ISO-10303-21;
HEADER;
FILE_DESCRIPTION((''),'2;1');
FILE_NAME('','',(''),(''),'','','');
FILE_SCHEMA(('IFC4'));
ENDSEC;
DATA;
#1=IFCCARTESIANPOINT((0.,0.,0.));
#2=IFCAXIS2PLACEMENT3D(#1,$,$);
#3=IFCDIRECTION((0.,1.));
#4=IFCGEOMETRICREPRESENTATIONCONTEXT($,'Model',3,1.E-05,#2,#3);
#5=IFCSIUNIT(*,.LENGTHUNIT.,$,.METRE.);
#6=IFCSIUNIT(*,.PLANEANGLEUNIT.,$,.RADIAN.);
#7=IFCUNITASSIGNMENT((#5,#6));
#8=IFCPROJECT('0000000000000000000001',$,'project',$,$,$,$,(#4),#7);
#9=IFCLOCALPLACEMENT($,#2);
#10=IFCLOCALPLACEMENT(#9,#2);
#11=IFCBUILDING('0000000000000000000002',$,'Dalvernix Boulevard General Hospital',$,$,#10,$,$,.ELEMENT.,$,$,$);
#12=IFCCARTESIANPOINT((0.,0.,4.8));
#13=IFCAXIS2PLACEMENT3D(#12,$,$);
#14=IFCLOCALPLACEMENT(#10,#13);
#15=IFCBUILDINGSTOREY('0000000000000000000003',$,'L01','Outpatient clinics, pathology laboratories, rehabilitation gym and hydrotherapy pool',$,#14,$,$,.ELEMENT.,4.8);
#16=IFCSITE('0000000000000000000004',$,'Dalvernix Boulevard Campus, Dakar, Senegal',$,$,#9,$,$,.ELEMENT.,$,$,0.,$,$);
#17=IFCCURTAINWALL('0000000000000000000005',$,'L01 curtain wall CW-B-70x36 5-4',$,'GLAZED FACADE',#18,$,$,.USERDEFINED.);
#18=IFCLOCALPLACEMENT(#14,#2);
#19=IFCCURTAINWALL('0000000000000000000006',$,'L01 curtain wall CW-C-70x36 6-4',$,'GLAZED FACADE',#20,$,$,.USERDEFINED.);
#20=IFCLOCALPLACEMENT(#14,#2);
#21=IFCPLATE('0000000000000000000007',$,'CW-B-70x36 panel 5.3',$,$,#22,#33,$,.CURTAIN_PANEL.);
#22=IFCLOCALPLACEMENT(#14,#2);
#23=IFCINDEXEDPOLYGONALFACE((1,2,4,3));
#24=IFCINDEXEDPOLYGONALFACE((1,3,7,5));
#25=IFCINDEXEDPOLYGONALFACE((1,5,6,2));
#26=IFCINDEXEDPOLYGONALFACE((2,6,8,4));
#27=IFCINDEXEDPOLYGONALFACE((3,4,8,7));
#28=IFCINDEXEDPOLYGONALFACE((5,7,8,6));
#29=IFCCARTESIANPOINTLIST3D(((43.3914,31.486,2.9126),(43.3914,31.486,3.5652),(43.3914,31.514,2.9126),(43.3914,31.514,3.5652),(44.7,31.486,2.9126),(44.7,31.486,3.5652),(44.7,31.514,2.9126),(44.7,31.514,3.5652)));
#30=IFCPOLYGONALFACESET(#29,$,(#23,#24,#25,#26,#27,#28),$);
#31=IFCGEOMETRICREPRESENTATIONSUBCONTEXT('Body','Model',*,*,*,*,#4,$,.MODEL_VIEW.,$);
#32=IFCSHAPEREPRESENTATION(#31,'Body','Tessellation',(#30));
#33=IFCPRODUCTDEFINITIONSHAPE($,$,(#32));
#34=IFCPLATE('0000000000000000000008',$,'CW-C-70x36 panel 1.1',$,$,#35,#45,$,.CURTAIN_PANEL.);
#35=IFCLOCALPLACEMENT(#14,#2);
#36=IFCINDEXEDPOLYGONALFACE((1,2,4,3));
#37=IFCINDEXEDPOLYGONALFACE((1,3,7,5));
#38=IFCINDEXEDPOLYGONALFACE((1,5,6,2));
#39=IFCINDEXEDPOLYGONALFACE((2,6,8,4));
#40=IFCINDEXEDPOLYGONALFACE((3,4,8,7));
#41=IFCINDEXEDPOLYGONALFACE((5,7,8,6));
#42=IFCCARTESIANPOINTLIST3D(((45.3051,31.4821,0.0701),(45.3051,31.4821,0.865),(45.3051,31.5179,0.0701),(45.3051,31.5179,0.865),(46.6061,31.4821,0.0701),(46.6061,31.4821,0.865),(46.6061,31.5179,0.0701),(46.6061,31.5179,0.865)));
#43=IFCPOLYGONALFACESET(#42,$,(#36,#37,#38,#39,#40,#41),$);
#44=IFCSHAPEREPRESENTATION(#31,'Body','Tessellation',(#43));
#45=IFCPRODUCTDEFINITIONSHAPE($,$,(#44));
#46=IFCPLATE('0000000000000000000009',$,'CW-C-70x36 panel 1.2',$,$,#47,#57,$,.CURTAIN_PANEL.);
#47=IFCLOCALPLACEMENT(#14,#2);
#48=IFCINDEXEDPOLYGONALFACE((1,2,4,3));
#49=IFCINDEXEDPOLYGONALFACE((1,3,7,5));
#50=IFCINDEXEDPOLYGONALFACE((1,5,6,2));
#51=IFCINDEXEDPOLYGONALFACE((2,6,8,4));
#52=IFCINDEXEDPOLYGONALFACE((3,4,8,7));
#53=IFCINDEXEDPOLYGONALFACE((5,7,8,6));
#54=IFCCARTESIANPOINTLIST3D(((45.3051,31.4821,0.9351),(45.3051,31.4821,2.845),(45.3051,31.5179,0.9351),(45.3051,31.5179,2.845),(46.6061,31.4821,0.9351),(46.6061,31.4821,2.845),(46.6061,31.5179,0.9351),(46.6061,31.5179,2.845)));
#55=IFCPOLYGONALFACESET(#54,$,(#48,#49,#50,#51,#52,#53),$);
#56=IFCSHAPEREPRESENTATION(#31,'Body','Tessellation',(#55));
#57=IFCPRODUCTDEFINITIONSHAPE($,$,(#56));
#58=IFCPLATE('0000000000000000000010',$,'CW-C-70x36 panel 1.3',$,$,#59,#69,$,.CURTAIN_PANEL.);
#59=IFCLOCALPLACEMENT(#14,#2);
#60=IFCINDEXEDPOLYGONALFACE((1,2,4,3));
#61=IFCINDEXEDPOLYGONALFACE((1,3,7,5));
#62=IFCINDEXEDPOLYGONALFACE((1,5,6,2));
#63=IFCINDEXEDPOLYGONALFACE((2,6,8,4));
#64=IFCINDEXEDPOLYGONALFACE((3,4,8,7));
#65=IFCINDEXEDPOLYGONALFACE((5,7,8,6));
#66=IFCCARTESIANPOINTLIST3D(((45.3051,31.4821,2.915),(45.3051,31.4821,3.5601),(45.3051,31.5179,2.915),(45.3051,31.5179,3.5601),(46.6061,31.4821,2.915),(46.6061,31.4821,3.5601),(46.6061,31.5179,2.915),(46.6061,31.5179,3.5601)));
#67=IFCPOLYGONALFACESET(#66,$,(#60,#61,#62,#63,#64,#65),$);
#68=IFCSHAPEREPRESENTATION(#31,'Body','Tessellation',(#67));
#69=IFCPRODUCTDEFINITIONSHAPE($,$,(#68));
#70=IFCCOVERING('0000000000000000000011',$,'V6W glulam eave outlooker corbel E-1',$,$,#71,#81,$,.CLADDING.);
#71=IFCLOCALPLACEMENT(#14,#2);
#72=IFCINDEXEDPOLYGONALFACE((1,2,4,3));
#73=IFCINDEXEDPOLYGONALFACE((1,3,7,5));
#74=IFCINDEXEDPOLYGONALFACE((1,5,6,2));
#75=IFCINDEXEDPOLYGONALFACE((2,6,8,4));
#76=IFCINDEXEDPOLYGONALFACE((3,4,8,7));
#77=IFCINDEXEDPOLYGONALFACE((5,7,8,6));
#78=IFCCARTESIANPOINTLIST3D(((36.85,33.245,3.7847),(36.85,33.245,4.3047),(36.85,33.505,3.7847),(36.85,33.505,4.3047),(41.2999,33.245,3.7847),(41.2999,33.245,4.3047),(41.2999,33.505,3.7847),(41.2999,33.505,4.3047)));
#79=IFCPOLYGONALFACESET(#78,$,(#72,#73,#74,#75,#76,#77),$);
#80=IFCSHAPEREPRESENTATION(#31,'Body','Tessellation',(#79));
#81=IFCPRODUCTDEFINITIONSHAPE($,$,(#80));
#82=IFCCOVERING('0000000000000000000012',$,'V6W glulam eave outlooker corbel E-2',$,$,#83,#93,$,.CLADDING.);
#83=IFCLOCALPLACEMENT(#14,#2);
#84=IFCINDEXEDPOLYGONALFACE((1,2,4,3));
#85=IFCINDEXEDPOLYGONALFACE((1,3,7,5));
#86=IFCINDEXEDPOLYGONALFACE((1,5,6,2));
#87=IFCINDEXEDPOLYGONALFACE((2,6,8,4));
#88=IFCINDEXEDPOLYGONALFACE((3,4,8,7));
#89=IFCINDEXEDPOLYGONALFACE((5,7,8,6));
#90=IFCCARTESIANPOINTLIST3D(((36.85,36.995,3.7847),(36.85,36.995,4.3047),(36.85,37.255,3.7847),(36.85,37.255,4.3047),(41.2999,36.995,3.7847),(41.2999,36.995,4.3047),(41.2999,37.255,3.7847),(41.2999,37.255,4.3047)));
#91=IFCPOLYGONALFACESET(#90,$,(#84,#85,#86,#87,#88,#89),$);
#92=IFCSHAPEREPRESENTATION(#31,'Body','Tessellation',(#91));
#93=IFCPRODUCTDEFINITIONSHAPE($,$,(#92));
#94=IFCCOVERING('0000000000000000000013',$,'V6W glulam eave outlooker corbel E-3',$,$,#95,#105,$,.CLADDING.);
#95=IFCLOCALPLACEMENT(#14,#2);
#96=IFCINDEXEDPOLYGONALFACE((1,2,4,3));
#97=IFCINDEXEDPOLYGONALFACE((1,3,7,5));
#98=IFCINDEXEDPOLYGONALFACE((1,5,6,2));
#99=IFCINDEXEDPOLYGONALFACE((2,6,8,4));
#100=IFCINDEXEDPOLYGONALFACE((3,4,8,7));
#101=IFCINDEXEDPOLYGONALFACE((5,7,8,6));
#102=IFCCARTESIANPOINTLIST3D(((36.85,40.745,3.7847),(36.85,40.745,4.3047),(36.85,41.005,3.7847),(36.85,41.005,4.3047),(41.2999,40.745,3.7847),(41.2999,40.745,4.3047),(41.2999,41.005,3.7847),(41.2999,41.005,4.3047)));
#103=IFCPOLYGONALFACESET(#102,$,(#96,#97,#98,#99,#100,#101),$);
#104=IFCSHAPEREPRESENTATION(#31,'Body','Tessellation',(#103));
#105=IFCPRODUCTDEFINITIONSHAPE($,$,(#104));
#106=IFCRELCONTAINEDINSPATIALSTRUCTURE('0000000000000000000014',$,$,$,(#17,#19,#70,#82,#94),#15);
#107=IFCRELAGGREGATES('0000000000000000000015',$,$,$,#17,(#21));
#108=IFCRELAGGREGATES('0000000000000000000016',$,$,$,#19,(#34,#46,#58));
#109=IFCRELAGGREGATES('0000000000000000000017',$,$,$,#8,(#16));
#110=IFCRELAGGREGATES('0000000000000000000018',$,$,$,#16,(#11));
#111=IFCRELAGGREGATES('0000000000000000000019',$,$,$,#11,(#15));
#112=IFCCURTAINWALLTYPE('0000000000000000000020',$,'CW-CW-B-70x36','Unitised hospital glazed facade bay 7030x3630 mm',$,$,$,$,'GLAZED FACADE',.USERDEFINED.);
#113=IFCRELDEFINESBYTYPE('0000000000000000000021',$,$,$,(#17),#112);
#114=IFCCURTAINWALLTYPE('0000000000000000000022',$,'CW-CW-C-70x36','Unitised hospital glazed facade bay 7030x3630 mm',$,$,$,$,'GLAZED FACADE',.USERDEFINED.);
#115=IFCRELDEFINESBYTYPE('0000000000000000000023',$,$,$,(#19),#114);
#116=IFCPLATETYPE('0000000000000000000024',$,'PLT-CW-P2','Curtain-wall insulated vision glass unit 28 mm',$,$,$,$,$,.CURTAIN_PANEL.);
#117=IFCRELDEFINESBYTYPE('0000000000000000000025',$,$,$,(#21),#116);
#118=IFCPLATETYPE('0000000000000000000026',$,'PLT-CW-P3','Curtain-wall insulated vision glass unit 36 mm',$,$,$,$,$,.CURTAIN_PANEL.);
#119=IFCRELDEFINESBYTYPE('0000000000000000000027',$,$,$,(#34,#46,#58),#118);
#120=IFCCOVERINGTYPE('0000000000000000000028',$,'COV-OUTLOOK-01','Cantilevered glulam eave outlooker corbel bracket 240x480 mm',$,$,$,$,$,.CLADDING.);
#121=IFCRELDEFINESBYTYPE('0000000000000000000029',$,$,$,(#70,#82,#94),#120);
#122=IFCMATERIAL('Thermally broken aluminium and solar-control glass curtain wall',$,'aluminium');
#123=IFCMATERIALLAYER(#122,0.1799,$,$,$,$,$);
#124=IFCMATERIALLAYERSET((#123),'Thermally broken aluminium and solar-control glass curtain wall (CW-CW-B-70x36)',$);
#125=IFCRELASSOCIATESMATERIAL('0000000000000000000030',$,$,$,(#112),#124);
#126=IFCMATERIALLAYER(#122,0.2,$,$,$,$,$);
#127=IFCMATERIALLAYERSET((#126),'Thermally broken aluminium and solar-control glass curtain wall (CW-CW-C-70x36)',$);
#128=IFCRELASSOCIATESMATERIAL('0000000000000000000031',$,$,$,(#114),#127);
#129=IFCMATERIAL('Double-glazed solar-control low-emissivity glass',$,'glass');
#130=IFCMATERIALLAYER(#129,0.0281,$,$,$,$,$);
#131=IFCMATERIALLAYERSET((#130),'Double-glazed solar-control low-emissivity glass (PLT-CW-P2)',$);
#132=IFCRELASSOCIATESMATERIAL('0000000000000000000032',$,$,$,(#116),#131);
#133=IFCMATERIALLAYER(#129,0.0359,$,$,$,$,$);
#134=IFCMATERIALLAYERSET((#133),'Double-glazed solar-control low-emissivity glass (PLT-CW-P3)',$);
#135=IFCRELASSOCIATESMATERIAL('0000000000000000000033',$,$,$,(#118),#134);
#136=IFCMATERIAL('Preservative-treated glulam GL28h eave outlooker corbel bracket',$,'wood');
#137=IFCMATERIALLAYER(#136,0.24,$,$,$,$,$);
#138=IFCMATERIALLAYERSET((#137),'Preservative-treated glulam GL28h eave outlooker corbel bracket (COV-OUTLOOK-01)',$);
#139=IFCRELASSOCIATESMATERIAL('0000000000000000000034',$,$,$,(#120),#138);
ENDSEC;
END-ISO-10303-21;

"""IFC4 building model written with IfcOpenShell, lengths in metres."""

from ifc_helpers import new_model, si_unit, direction, frame, origin, origin_2d, place, context, subcontext, project, spatial, rectangle, extrude, material, layer, layer_set, type_object, element, aggregate, save


model = new_model("IFC4")

# Units and contexts
model_context = context("Model", 3, precision=1e-05, world=origin(), true_north=direction((0.0, 1.0)))
body_context = subcontext(model_context, "Body", "Model", "MODEL_VIEW")
ifc_project = project(units=[si_unit("LENGTHUNIT", "METRE"), si_unit("PLANEANGLEUNIT", "RADIAN")], contexts=[model_context])

# Site, building, storey
site_placement = place(None, origin())
site = spatial("IfcSite", under=ifc_project, at=site_placement, Name="Dalvernix Boulevard Campus, Dakar, Senegal", CompositionType="ELEMENT", RefElevation=0.0)
building_placement = place(site_placement, origin())
building = spatial("IfcBuilding", under=site, at=building_placement, Name="Dalvernix Boulevard General Hospital", CompositionType="ELEMENT")
storey_placement = place(building_placement, frame((0.0, 0.0, 4.8)))
storey = spatial("IfcBuildingStorey", under=building, at=storey_placement, Name="L01", Description="Outpatient clinics, pathology laboratories, rehabilitation gym and hydrotherapy pool", CompositionType="ELEMENT", Elevation=4.8)

# Curtain wall
ifc_material_1 = material(Name="Thermally broken aluminium and solar-control glass curtain wall", Category="aluminium")
ifc_layer_1 = layer(ifc_material_1, 0.1799)
ifc_layer_set_1 = layer_set([ifc_layer_1], Name="Thermally broken aluminium and solar-control glass curtain wall (CW-CW-B-70x36)")
curtain_wall_type_1 = type_object("IfcCurtainWallType", Name="CW-CW-B-70x36", Description="Unitised hospital glazed facade bay 7030x3630 mm", ElementType="GLAZED FACADE", PredefinedType="USERDEFINED", material=ifc_layer_set_1)
curtain_wall_1_placement = place(storey_placement, origin())
curtain_wall_1 = element("IfcCurtainWall", 1, at=curtain_wall_1_placement, inside=storey, type_object=curtain_wall_type_1, Name="L01 curtain wall CW-B-70x36 5-4", ObjectType="GLAZED FACADE", PredefinedType="USERDEFINED")

# Curtain wall
ifc_layer_2 = layer(ifc_material_1, 0.2)
ifc_layer_set_2 = layer_set([ifc_layer_2], Name="Thermally broken aluminium and solar-control glass curtain wall (CW-CW-C-70x36)")
curtain_wall_type_2 = type_object("IfcCurtainWallType", Name="CW-CW-C-70x36", Description="Unitised hospital glazed facade bay 7030x3630 mm", ElementType="GLAZED FACADE", PredefinedType="USERDEFINED", material=ifc_layer_set_2)
curtain_wall_2_placement = place(storey_placement, origin())
curtain_wall_2 = element("IfcCurtainWall", 2, at=curtain_wall_2_placement, inside=storey, type_object=curtain_wall_type_2, Name="L01 curtain wall CW-C-70x36 6-4", ObjectType="GLAZED FACADE", PredefinedType="USERDEFINED")

# Plates
ifc_material_2 = material(Name="Double-glazed solar-control low-emissivity glass", Category="glass")
ifc_layer_3 = layer(ifc_material_2, 0.0281)
ifc_layer_set_3 = layer_set([ifc_layer_3], Name="Double-glazed solar-control low-emissivity glass (PLT-CW-P2)")
plate_type_1 = type_object("IfcPlateType", Name="PLT-CW-P2", Description="Curtain-wall insulated vision glass unit 28 mm", PredefinedType="CURTAIN_PANEL", material=ifc_layer_set_3)
plate_1_placement = place(storey_placement, frame((44.0457, 31.5, 2.9126), z_axis=(0.0, 0.0, 1.0), x_axis=(1.0, 0.0, 0.0)))
plate_1 = element("IfcPlate", 3, at=plate_1_placement, type_object=plate_type_1, Name="CW-B-70x36 panel 5.3", PredefinedType="CURTAIN_PANEL", context=body_context, shape_type="SweptSolid", body=[
    extrude(rectangle(XDim=1.3086, YDim=0.0281, at=origin_2d()), origin(), (0.0, 0.0, 1.0), 0.6526),
])
aggregate(curtain_wall_1, [plate_1])
ifc_layer_4 = layer(ifc_material_2, 0.0359)
ifc_layer_set_4 = layer_set([ifc_layer_4], Name="Double-glazed solar-control low-emissivity glass (PLT-CW-P3)")
plate_type_2 = type_object("IfcPlateType", Name="PLT-CW-P3", Description="Curtain-wall insulated vision glass unit 36 mm", PredefinedType="CURTAIN_PANEL", material=ifc_layer_set_4)
plate_2_placement = place(storey_placement, frame((45.9556, 31.5, 0.0701), z_axis=(0.0, 0.0, 1.0), x_axis=(1.0, 0.0, 0.0)))
plate_2 = element("IfcPlate", 4, at=plate_2_placement, type_object=plate_type_2, Name="CW-C-70x36 panel 1.1", PredefinedType="CURTAIN_PANEL", context=body_context, shape_type="SweptSolid", body=[
    extrude(rectangle(XDim=1.301, YDim=0.0359, at=origin_2d()), origin(), (0.0, 0.0, 1.0), 0.7949),
])
plate_3_placement = place(storey_placement, frame((45.9556, 31.5, 0.9351), z_axis=(0.0, 0.0, 1.0), x_axis=(1.0, 0.0, 0.0)))
plate_3 = element("IfcPlate", 5, at=plate_3_placement, type_object=plate_type_2, Name="CW-C-70x36 panel 1.2", PredefinedType="CURTAIN_PANEL", context=body_context, shape_type="SweptSolid", body=[
    extrude(rectangle(XDim=1.301, YDim=0.0359, at=origin_2d()), origin(), (0.0, 0.0, 1.0), 1.9099),
])
plate_4_placement = place(storey_placement, frame((45.9556, 31.5, 2.915), z_axis=(0.0, 0.0, 1.0), x_axis=(1.0, 0.0, 0.0)))
plate_4 = element("IfcPlate", 6, at=plate_4_placement, type_object=plate_type_2, Name="CW-C-70x36 panel 1.3", PredefinedType="CURTAIN_PANEL", context=body_context, shape_type="SweptSolid", body=[
    extrude(rectangle(XDim=1.301, YDim=0.0359, at=origin_2d()), origin(), (0.0, 0.0, 1.0), 0.645),
])
aggregate(curtain_wall_2, [plate_2, plate_3, plate_4])

# Coverings
ifc_material_3 = material(Name="Preservative-treated glulam GL28h eave outlooker corbel bracket", Category="wood")
ifc_layer_5 = layer(ifc_material_3, 0.24)
ifc_layer_set_5 = layer_set([ifc_layer_5], Name="Preservative-treated glulam GL28h eave outlooker corbel bracket (COV-OUTLOOK-01)")
covering_type = type_object("IfcCoveringType", Name="COV-OUTLOOK-01", Description="Cantilevered glulam eave outlooker corbel bracket 240x480 mm", PredefinedType="CLADDING", material=ifc_layer_set_5)
for number, where, z_axis, x_axis, name in (
    (7, (39.075, 33.375, 3.7847), (0.0, 0.0, 1.0), (1.0, 0.0, 0.0), "V6W glulam eave outlooker corbel E-1"),
    (8, (39.075, 37.125, 3.7847), (0.0, 0.0, 1.0), (1.0, 0.0, 0.0), "V6W glulam eave outlooker corbel E-2"),
    (9, (39.075, 40.875, 3.7847), (0.0, 0.0, 1.0), (1.0, 0.0, 0.0), "V6W glulam eave outlooker corbel E-3"),
):
    element("IfcCovering", number, at=place(storey_placement, frame(where, z_axis=z_axis, x_axis=x_axis)), inside=storey, type_object=covering_type, Name=name, PredefinedType="CLADDING", context=body_context, shape_type="SweptSolid", body=[
        extrude(rectangle(XDim=4.45, YDim=0.26, at=origin_2d()), origin(), (0.0, 0.0, 1.0), 0.52),
    ])

save(model, "model.ifc")
